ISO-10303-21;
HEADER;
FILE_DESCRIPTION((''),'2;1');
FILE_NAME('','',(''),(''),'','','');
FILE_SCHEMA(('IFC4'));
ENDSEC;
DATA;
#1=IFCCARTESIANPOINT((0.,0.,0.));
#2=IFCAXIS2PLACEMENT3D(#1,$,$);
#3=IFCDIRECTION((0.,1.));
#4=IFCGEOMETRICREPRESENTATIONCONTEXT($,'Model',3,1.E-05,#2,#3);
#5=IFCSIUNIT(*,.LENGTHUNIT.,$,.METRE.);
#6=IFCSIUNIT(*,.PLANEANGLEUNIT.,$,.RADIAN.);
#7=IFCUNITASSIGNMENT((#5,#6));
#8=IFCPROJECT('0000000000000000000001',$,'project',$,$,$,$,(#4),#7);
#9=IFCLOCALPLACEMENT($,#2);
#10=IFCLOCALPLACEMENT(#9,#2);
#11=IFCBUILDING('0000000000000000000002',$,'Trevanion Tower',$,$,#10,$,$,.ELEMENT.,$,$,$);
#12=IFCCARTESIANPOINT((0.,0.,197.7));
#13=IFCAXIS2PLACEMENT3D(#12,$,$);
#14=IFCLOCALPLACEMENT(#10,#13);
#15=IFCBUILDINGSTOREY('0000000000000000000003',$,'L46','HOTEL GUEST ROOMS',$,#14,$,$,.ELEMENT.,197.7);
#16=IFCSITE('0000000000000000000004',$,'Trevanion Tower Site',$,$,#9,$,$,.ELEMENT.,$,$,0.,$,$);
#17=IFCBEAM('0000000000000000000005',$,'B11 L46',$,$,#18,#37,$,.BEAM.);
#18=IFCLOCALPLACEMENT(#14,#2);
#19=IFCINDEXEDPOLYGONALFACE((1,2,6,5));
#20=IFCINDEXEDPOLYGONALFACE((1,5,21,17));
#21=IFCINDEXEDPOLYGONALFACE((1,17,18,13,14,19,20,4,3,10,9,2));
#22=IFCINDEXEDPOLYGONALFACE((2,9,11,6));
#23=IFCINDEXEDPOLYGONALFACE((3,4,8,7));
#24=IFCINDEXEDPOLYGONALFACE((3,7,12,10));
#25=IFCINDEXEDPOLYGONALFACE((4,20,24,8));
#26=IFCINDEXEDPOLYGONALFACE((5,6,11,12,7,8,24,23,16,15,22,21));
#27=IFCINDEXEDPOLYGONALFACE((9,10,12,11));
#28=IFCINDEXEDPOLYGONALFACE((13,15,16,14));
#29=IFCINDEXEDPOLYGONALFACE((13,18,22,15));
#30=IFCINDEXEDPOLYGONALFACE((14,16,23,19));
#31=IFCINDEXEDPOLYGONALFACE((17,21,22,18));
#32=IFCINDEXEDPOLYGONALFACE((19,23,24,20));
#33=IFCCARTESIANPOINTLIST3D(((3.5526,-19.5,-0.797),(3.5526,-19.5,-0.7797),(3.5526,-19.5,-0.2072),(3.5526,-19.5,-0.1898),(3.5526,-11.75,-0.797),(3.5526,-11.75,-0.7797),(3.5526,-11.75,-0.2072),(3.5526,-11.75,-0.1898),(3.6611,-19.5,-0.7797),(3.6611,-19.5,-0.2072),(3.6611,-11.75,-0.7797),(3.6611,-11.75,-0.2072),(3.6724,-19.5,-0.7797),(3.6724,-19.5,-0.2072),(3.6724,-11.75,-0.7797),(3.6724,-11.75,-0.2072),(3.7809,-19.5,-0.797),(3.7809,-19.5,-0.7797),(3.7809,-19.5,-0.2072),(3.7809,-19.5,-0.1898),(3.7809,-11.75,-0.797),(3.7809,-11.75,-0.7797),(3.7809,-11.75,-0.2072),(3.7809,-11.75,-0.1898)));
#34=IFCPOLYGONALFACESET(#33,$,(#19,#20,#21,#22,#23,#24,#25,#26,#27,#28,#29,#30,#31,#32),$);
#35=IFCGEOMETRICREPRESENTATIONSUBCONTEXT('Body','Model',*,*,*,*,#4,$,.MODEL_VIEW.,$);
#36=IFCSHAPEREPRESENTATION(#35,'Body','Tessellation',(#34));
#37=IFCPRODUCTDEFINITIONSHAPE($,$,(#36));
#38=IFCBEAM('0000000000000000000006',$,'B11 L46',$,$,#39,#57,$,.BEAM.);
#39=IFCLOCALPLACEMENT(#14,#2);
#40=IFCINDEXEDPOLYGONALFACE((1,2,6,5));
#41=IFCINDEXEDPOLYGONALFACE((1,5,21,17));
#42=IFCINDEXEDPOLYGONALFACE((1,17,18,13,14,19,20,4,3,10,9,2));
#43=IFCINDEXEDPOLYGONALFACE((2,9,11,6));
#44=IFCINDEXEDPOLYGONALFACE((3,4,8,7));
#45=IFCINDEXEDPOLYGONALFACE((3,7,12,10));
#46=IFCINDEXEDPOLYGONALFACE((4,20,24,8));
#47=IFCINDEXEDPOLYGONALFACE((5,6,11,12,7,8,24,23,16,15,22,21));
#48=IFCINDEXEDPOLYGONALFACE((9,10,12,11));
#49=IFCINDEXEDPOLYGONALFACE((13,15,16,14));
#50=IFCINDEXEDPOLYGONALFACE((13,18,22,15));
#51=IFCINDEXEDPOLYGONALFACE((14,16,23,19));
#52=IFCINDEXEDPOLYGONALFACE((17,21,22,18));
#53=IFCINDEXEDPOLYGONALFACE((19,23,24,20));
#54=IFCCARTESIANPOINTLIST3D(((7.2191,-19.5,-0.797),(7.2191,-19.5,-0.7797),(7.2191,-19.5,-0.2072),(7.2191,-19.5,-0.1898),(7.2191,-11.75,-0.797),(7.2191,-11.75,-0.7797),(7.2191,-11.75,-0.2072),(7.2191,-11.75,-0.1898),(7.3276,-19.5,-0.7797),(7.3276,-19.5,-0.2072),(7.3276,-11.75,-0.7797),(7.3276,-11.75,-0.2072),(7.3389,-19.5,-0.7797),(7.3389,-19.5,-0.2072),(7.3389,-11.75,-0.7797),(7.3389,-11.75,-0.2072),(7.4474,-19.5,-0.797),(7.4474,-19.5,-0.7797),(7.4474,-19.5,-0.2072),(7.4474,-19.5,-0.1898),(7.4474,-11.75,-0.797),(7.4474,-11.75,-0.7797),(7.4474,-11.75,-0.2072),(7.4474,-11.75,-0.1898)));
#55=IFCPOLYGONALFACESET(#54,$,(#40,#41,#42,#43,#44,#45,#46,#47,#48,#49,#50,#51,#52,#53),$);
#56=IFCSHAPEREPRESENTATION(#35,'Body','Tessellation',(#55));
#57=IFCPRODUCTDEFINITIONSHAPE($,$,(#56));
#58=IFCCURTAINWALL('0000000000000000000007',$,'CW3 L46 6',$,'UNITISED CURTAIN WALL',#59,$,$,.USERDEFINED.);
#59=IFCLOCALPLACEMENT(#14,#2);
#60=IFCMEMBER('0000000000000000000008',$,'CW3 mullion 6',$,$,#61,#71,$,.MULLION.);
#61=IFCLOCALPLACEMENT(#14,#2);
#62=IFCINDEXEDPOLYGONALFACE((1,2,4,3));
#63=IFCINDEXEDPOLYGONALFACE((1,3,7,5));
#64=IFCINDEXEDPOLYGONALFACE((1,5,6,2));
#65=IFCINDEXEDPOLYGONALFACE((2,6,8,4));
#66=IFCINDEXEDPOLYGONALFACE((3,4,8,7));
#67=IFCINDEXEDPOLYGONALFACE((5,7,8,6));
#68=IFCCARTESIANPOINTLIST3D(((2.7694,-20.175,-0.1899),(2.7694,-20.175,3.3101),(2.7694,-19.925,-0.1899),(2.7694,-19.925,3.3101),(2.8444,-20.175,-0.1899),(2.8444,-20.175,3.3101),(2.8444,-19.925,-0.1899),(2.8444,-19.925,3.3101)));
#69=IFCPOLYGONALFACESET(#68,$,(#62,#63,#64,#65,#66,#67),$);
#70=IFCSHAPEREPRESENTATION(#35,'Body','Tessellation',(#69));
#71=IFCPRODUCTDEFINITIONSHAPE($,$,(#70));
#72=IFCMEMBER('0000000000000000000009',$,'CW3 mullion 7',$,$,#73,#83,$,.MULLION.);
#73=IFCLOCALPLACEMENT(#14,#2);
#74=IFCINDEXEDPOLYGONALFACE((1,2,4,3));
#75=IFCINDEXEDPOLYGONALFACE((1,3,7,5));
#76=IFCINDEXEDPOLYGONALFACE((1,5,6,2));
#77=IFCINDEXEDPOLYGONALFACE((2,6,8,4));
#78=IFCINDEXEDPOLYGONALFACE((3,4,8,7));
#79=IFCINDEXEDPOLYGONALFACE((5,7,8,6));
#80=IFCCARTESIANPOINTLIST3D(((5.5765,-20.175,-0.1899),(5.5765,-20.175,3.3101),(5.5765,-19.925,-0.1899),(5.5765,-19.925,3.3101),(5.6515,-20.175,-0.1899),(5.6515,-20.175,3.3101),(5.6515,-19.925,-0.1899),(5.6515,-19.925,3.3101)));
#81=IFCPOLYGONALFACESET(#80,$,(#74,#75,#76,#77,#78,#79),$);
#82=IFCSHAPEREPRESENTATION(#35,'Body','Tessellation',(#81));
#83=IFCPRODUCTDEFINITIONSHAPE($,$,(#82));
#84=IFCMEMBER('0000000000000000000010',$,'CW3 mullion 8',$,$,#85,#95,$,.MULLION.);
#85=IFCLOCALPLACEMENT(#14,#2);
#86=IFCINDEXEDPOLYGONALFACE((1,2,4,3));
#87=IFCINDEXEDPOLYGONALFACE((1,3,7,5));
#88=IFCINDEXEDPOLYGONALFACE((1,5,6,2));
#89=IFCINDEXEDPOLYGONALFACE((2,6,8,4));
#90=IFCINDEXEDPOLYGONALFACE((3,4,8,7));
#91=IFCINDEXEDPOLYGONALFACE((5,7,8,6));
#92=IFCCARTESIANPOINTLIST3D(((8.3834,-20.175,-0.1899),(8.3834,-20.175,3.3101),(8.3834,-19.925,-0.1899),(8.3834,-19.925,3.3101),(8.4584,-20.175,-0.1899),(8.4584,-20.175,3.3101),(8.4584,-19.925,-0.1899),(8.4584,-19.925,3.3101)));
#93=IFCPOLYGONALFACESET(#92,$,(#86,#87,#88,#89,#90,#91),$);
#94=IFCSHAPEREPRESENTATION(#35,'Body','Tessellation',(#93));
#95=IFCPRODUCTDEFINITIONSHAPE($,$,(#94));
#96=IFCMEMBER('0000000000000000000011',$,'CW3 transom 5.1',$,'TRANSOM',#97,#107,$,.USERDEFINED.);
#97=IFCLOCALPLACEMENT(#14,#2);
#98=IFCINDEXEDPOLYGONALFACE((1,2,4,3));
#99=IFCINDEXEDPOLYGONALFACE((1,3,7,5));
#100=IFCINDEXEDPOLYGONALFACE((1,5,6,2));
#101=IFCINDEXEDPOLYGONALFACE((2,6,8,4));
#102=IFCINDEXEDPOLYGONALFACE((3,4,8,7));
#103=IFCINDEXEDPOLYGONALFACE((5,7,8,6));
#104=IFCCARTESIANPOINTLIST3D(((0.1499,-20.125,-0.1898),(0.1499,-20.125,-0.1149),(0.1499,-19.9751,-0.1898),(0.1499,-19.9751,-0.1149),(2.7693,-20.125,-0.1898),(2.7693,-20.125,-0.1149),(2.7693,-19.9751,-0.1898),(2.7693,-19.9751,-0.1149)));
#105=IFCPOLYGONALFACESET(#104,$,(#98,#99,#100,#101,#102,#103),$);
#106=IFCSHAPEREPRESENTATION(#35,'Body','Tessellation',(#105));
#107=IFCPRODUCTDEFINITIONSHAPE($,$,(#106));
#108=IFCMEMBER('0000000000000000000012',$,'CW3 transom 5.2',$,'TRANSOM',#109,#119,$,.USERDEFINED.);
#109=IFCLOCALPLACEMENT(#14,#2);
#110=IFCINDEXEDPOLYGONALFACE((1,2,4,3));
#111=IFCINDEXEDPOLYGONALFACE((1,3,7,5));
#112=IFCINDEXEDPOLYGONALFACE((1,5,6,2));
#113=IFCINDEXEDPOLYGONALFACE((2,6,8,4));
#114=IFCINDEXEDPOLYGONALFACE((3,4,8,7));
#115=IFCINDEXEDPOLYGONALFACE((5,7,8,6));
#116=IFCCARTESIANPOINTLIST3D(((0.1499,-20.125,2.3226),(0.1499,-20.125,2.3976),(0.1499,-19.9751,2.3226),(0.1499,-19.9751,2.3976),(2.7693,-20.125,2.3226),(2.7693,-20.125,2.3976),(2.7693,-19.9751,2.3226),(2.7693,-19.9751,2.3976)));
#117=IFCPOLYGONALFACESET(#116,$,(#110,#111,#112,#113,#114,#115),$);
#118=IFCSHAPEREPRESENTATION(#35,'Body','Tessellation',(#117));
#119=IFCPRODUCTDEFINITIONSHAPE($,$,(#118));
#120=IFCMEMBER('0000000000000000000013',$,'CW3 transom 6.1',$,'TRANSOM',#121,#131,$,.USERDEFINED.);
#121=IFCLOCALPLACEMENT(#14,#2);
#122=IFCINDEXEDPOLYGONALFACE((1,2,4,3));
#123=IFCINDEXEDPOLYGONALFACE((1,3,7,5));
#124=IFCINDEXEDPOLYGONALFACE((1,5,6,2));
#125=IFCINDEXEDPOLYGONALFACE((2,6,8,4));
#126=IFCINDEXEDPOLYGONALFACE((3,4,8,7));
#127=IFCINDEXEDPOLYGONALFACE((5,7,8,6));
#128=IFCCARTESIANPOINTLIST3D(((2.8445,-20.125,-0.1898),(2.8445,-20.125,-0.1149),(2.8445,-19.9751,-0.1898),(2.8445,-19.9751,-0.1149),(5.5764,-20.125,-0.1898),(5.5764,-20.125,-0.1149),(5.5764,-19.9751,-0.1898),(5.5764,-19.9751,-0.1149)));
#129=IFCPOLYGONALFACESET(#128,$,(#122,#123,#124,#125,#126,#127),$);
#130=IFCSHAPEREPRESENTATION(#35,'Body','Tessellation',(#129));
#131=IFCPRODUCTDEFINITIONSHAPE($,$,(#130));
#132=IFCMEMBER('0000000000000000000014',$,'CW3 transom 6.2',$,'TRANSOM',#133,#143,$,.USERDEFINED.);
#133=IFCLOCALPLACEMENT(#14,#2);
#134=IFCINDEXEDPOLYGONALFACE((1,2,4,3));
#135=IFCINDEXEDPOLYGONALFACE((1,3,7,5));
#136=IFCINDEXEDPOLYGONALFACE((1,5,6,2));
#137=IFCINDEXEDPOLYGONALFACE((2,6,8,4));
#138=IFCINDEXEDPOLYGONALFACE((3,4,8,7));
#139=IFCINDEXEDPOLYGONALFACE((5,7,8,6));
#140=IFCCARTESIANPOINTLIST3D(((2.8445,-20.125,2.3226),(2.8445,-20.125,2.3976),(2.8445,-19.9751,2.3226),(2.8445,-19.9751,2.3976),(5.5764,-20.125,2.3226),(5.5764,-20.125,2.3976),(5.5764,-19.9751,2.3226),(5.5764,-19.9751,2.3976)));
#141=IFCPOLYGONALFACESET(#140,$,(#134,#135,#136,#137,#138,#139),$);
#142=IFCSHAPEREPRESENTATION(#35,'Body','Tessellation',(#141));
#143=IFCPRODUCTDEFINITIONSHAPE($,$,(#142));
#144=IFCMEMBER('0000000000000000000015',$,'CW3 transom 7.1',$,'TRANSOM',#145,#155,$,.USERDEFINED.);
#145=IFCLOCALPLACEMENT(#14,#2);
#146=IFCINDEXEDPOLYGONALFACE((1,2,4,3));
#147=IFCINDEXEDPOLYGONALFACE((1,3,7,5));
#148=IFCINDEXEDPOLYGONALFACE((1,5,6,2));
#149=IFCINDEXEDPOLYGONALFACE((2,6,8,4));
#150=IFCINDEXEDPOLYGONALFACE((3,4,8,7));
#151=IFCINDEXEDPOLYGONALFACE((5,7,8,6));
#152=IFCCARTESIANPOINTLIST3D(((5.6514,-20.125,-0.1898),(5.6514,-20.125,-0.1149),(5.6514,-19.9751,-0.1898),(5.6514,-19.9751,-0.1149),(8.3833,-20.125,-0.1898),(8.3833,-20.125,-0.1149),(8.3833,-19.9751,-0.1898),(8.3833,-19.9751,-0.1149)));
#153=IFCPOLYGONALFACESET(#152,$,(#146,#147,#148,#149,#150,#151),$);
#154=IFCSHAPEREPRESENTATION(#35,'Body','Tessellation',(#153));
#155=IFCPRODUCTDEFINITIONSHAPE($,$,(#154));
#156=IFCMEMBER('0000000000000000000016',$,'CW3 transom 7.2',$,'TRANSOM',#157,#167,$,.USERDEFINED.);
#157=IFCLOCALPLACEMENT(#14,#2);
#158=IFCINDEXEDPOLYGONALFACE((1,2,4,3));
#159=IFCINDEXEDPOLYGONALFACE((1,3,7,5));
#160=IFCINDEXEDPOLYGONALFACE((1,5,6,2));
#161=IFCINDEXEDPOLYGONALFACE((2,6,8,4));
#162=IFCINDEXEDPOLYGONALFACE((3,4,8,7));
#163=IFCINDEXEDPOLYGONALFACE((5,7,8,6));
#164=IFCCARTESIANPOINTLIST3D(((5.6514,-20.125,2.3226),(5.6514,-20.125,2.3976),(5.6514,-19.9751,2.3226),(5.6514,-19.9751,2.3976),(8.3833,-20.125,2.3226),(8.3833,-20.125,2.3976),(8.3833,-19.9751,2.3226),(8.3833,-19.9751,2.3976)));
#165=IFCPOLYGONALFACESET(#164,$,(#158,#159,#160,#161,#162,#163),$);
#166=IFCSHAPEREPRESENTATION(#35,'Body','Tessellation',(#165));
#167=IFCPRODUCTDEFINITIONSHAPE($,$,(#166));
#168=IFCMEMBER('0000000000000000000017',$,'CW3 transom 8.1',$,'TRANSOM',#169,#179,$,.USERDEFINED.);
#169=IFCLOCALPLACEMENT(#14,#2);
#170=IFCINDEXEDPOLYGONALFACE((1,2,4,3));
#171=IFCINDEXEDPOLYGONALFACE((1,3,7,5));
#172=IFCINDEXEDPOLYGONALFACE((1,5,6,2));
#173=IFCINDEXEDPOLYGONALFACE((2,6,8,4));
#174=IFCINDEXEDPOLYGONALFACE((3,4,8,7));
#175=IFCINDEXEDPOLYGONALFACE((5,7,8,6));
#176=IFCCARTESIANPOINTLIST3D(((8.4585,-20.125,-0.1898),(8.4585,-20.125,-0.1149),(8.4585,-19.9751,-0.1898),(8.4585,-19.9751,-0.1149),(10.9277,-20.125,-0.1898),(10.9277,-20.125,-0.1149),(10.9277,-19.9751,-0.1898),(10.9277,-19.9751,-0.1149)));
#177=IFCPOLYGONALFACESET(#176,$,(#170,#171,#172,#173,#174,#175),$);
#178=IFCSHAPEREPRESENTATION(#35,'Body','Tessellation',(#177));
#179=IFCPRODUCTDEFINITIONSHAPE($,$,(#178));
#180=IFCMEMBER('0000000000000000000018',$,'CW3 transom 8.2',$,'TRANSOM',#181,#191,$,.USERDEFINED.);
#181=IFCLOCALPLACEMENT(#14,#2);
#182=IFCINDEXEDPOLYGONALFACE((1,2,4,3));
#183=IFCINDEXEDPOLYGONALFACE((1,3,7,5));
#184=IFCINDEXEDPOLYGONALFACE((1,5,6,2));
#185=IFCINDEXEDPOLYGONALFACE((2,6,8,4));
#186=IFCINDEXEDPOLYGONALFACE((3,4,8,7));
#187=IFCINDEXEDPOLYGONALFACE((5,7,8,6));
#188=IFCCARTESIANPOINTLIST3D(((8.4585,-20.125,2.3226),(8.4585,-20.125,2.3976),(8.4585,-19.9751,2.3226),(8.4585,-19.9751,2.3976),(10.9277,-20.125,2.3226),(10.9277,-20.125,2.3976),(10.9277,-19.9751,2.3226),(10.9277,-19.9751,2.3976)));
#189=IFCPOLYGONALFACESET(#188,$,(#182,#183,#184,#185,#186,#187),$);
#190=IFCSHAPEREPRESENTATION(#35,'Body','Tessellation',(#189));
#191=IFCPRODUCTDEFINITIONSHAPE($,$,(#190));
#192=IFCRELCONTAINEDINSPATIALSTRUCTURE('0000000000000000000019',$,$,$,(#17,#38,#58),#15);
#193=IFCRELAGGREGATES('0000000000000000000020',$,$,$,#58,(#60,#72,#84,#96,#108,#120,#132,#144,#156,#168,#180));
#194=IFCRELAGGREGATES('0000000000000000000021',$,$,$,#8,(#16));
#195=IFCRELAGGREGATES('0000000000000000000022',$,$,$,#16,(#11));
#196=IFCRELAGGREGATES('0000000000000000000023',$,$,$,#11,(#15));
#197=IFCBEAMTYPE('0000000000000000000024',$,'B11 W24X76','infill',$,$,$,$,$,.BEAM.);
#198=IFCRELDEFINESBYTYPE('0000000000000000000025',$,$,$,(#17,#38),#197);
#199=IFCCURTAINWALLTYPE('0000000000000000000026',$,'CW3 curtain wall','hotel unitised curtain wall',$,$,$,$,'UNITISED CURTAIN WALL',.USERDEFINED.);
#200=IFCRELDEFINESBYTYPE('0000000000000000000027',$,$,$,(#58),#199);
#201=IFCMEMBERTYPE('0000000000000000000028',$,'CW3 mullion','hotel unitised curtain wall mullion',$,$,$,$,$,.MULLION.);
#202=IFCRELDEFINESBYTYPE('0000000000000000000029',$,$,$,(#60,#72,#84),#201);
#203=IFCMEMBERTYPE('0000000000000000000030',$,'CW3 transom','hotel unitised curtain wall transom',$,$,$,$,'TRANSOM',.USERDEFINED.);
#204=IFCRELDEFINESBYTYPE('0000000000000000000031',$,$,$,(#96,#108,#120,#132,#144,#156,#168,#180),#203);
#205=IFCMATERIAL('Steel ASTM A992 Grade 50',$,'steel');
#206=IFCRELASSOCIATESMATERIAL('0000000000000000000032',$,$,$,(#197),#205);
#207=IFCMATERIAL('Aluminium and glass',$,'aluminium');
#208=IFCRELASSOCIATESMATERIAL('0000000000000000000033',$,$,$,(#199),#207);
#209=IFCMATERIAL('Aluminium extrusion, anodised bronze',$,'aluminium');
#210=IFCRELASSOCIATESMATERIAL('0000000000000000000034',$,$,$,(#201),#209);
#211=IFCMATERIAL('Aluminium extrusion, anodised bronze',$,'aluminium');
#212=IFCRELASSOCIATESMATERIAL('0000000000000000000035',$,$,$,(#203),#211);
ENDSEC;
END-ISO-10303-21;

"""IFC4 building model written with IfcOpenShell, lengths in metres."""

from ifc_helpers import new_model, si_unit, direction, frame, origin, origin_2d, place, context, subcontext, project, spatial, rectangle, i_section, extrude, material, material_profile, profile_set, type_object, element, aggregate, save


model = new_model("IFC4")

# Units and contexts
model_context = context("Model", 3, precision=1e-05, world=origin(), true_north=direction((0.0, 1.0)))
body_context = subcontext(model_context, "Body", "Model", "MODEL_VIEW")
ifc_project = project(units=[si_unit("LENGTHUNIT", "METRE"), si_unit("PLANEANGLEUNIT", "RADIAN")], contexts=[model_context])

# Site, building, storey
site_placement = place(None, origin())
site = spatial("IfcSite", under=ifc_project, at=site_placement, Name="Trevanion Tower Site", CompositionType="ELEMENT", RefElevation=0.0)
building_placement = place(site_placement, origin())
building = spatial("IfcBuilding", under=site, at=building_placement, Name="Trevanion Tower", CompositionType="ELEMENT")
storey_placement = place(building_placement, frame((0.0, 0.0, 197.7)))
storey = spatial("IfcBuildingStorey", under=building, at=storey_placement, Name="L46", Description="HOTEL GUEST ROOMS", CompositionType="ELEMENT", Elevation=197.7)

# Beams
ifc_material_1 = material(Name="Steel ASTM A992 Grade 50", Category="steel")
ifc_material_profile_1 = material_profile(ifc_material_1, i_section(OverallWidth=0.2283, OverallDepth=0.6072, WebThickness=0.0112, FlangeThickness=0.0173, at=origin_2d()), Name="W24X76")
ifc_profile_set_1 = profile_set([ifc_material_profile_1], Name="Steel ASTM A992 Grade 50")
beam_type_1 = type_object("IfcBeamType", Name="B11 W24X76", Description="infill", PredefinedType="BEAM", material=ifc_profile_set_1)
for number, where, z_axis, x_axis, name in (
    (1, (3.6667, -11.75, -0.4934), (0.0, -1.0, 0.0), (1.0, 0.0, 0.0), "B11 L46"),
    (2, (7.3333, -11.75, -0.4934), (0.0, -1.0, 0.0), (1.0, 0.0, 0.0), "B11 L46"),
):
    element("IfcBeam", number, at=place(storey_placement, frame(where, z_axis=z_axis, x_axis=x_axis)), inside=storey, type_object=beam_type_1, Name=name, PredefinedType="BEAM", context=body_context, shape_type="SweptSolid", body=[
        extrude(i_section(OverallWidth=0.2283, OverallDepth=0.6072, WebThickness=0.0112, FlangeThickness=0.0173, at=origin_2d()), origin(), (0.0, 0.0, 1.0), 7.75),
    ])

# Curtain wall, members
ifc_material_2 = material(Name="Aluminium and glass", Category="aluminium")
curtain_wall_type = type_object("IfcCurtainWallType", Name="CW3 curtain wall", Description="hotel unitised curtain wall", ElementType="UNITISED CURTAIN WALL", PredefinedType="USERDEFINED", material=ifc_material_2)
curtain_wall_placement = place(storey_placement, origin())
curtain_wall = element("IfcCurtainWall", 3, at=curtain_wall_placement, inside=storey, type_object=curtain_wall_type, Name="CW3 L46 6", ObjectType="UNITISED CURTAIN WALL", PredefinedType="USERDEFINED")
ifc_material_3 = material(Name="Aluminium extrusion, anodised bronze", Category="aluminium")
ifc_material_profile_2 = material_profile(ifc_material_3, rectangle(XDim=0.075, YDim=0.25, at=origin_2d()), Name="CW3 mullion")
ifc_profile_set_2 = profile_set([ifc_material_profile_2], Name="Aluminium extrusion, anodised bronze")
member_type_1 = type_object("IfcMemberType", Name="CW3 mullion", Description="hotel unitised curtain wall mullion", PredefinedType="MULLION", material=ifc_profile_set_2)
member_1_placement = place(storey_placement, frame((2.8069, -20.05, -0.1899), z_axis=(0.0, 0.0, 1.0), x_axis=(1.0, 0.0, 0.0)))
member_1 = element("IfcMember", 4, at=member_1_placement, type_object=member_type_1, Name="CW3 mullion 6", PredefinedType="MULLION", context=body_context, shape_type="SweptSolid", body=[
    extrude(rectangle(XDim=0.075, YDim=0.25, at=origin_2d()), origin(), (0.0, 0.0, 1.0), 3.5),
])
member_2_placement = place(storey_placement, frame((5.614, -20.05, -0.1899), z_axis=(0.0, 0.0, 1.0), x_axis=(1.0, 0.0, 0.0)))
member_2 = element("IfcMember", 5, at=member_2_placement, type_object=member_type_1, Name="CW3 mullion 7", PredefinedType="MULLION", context=body_context, shape_type="SweptSolid", body=[
    extrude(rectangle(XDim=0.075, YDim=0.25, at=origin_2d()), origin(), (0.0, 0.0, 1.0), 3.5),
])
member_3_placement = place(storey_placement, frame((8.4209, -20.05, -0.1899), z_axis=(0.0, 0.0, 1.0), x_axis=(1.0, 0.0, 0.0)))
member_3 = element("IfcMember", 6, at=member_3_placement, type_object=member_type_1, Name="CW3 mullion 8", PredefinedType="MULLION", context=body_context, shape_type="SweptSolid", body=[
    extrude(rectangle(XDim=0.075, YDim=0.25, at=origin_2d()), origin(), (0.0, 0.0, 1.0), 3.5),
])
ifc_material_4 = material(Name="Aluminium extrusion, anodised bronze", Category="aluminium")
ifc_material_profile_3 = material_profile(ifc_material_4, rectangle(XDim=0.1499, YDim=0.075, at=origin_2d()), Name="CW3 transom")
ifc_profile_set_3 = profile_set([ifc_material_profile_3], Name="Aluminium extrusion, anodised bronze")
member_type_2 = type_object("IfcMemberType", Name="CW3 transom", Description="hotel unitised curtain wall transom", ElementType="TRANSOM", PredefinedType="USERDEFINED", material=ifc_profile_set_3)
member_4_placement = place(storey_placement, frame((0.1499, -20.05, -0.1523), z_axis=(1.0, 0.0, 0.0), x_axis=(0.0, 1.0, 0.0)))
member_4 = element("IfcMember", 7, at=member_4_placement, type_object=member_type_2, Name="CW3 transom 5.1", ObjectType="TRANSOM", PredefinedType="USERDEFINED", context=body_context, shape_type="SweptSolid", body=[
    extrude(rectangle(XDim=0.1499, YDim=0.075, at=origin_2d()), origin(), (0.0, 0.0, 1.0), 2.6194),
])
member_5_placement = place(storey_placement, frame((0.1499, -20.05, 2.3601), z_axis=(1.0, 0.0, 0.0), x_axis=(0.0, 1.0, 0.0)))
member_5 = element("IfcMember", 8, at=member_5_placement, type_object=member_type_2, Name="CW3 transom 5.2", ObjectType="TRANSOM", PredefinedType="USERDEFINED", context=body_context, shape_type="SweptSolid", body=[
    extrude(rectangle(XDim=0.1499, YDim=0.075, at=origin_2d()), origin(), (0.0, 0.0, 1.0), 2.6194),
])
member_6_placement = place(storey_placement, frame((2.8445, -20.05, -0.1523), z_axis=(1.0, 0.0, 0.0), x_axis=(0.0, 1.0, 0.0)))
member_6 = element("IfcMember", 9, at=member_6_placement, type_object=member_type_2, Name="CW3 transom 6.1", ObjectType="TRANSOM", PredefinedType="USERDEFINED", context=body_context, shape_type="SweptSolid", body=[
    extrude(rectangle(XDim=0.1499, YDim=0.075, at=origin_2d()), origin(), (0.0, 0.0, 1.0), 2.7319),
])
member_7_placement = place(storey_placement, frame((2.8445, -20.05, 2.3601), z_axis=(1.0, 0.0, 0.0), x_axis=(0.0, 1.0, 0.0)))
member_7 = element("IfcMember", 10, at=member_7_placement, type_object=member_type_2, Name="CW3 transom 6.2", ObjectType="TRANSOM", PredefinedType="USERDEFINED", context=body_context, shape_type="SweptSolid", body=[
    extrude(rectangle(XDim=0.1499, YDim=0.075, at=origin_2d()), origin(), (0.0, 0.0, 1.0), 2.7319),
])
member_8_placement = place(storey_placement, frame((5.6514, -20.05, -0.1523), z_axis=(1.0, 0.0, 0.0), x_axis=(0.0, 1.0, 0.0)))
member_8 = element("IfcMember", 11, at=member_8_placement, type_object=member_type_2, Name="CW3 transom 7.1", ObjectType="TRANSOM", PredefinedType="USERDEFINED", context=body_context, shape_type="SweptSolid", body=[
    extrude(rectangle(XDim=0.1499, YDim=0.075, at=origin_2d()), origin(), (0.0, 0.0, 1.0), 2.7319),
])
member_9_placement = place(storey_placement, frame((5.6514, -20.05, 2.3601), z_axis=(1.0, 0.0, 0.0), x_axis=(0.0, 1.0, 0.0)))
member_9 = element("IfcMember", 12, at=member_9_placement, type_object=member_type_2, Name="CW3 transom 7.2", ObjectType="TRANSOM", PredefinedType="USERDEFINED", context=body_context, shape_type="SweptSolid", body=[
    extrude(rectangle(XDim=0.1499, YDim=0.075, at=origin_2d()), origin(), (0.0, 0.0, 1.0), 2.7319),
])
member_10_placement = place(storey_placement, frame((8.4585, -20.05, -0.1523), z_axis=(1.0, 0.0, 0.0), x_axis=(0.0, 1.0, 0.0)))
member_10 = element("IfcMember", 13, at=member_10_placement, type_object=member_type_2, Name="CW3 transom 8.1", ObjectType="TRANSOM", PredefinedType="USERDEFINED", context=body_context, shape_type="SweptSolid", body=[
    extrude(rectangle(XDim=0.1499, YDim=0.075, at=origin_2d()), origin(), (0.0, 0.0, 1.0), 2.4692),
])
member_11_placement = place(storey_placement, frame((8.4585, -20.05, 2.3601), z_axis=(1.0, 0.0, 0.0), x_axis=(0.0, 1.0, 0.0)))
member_11 = element("IfcMember", 14, at=member_11_placement, type_object=member_type_2, Name="CW3 transom 8.2", ObjectType="TRANSOM", PredefinedType="USERDEFINED", context=body_context, shape_type="SweptSolid", body=[
    extrude(rectangle(XDim=0.1499, YDim=0.075, at=origin_2d()), origin(), (0.0, 0.0, 1.0), 2.4692),
])

aggregate(curtain_wall, [member_1, member_2, member_3, member_4, member_5, member_6, member_7, member_8, member_9, member_10, member_11])

save(model, "model.ifc")
